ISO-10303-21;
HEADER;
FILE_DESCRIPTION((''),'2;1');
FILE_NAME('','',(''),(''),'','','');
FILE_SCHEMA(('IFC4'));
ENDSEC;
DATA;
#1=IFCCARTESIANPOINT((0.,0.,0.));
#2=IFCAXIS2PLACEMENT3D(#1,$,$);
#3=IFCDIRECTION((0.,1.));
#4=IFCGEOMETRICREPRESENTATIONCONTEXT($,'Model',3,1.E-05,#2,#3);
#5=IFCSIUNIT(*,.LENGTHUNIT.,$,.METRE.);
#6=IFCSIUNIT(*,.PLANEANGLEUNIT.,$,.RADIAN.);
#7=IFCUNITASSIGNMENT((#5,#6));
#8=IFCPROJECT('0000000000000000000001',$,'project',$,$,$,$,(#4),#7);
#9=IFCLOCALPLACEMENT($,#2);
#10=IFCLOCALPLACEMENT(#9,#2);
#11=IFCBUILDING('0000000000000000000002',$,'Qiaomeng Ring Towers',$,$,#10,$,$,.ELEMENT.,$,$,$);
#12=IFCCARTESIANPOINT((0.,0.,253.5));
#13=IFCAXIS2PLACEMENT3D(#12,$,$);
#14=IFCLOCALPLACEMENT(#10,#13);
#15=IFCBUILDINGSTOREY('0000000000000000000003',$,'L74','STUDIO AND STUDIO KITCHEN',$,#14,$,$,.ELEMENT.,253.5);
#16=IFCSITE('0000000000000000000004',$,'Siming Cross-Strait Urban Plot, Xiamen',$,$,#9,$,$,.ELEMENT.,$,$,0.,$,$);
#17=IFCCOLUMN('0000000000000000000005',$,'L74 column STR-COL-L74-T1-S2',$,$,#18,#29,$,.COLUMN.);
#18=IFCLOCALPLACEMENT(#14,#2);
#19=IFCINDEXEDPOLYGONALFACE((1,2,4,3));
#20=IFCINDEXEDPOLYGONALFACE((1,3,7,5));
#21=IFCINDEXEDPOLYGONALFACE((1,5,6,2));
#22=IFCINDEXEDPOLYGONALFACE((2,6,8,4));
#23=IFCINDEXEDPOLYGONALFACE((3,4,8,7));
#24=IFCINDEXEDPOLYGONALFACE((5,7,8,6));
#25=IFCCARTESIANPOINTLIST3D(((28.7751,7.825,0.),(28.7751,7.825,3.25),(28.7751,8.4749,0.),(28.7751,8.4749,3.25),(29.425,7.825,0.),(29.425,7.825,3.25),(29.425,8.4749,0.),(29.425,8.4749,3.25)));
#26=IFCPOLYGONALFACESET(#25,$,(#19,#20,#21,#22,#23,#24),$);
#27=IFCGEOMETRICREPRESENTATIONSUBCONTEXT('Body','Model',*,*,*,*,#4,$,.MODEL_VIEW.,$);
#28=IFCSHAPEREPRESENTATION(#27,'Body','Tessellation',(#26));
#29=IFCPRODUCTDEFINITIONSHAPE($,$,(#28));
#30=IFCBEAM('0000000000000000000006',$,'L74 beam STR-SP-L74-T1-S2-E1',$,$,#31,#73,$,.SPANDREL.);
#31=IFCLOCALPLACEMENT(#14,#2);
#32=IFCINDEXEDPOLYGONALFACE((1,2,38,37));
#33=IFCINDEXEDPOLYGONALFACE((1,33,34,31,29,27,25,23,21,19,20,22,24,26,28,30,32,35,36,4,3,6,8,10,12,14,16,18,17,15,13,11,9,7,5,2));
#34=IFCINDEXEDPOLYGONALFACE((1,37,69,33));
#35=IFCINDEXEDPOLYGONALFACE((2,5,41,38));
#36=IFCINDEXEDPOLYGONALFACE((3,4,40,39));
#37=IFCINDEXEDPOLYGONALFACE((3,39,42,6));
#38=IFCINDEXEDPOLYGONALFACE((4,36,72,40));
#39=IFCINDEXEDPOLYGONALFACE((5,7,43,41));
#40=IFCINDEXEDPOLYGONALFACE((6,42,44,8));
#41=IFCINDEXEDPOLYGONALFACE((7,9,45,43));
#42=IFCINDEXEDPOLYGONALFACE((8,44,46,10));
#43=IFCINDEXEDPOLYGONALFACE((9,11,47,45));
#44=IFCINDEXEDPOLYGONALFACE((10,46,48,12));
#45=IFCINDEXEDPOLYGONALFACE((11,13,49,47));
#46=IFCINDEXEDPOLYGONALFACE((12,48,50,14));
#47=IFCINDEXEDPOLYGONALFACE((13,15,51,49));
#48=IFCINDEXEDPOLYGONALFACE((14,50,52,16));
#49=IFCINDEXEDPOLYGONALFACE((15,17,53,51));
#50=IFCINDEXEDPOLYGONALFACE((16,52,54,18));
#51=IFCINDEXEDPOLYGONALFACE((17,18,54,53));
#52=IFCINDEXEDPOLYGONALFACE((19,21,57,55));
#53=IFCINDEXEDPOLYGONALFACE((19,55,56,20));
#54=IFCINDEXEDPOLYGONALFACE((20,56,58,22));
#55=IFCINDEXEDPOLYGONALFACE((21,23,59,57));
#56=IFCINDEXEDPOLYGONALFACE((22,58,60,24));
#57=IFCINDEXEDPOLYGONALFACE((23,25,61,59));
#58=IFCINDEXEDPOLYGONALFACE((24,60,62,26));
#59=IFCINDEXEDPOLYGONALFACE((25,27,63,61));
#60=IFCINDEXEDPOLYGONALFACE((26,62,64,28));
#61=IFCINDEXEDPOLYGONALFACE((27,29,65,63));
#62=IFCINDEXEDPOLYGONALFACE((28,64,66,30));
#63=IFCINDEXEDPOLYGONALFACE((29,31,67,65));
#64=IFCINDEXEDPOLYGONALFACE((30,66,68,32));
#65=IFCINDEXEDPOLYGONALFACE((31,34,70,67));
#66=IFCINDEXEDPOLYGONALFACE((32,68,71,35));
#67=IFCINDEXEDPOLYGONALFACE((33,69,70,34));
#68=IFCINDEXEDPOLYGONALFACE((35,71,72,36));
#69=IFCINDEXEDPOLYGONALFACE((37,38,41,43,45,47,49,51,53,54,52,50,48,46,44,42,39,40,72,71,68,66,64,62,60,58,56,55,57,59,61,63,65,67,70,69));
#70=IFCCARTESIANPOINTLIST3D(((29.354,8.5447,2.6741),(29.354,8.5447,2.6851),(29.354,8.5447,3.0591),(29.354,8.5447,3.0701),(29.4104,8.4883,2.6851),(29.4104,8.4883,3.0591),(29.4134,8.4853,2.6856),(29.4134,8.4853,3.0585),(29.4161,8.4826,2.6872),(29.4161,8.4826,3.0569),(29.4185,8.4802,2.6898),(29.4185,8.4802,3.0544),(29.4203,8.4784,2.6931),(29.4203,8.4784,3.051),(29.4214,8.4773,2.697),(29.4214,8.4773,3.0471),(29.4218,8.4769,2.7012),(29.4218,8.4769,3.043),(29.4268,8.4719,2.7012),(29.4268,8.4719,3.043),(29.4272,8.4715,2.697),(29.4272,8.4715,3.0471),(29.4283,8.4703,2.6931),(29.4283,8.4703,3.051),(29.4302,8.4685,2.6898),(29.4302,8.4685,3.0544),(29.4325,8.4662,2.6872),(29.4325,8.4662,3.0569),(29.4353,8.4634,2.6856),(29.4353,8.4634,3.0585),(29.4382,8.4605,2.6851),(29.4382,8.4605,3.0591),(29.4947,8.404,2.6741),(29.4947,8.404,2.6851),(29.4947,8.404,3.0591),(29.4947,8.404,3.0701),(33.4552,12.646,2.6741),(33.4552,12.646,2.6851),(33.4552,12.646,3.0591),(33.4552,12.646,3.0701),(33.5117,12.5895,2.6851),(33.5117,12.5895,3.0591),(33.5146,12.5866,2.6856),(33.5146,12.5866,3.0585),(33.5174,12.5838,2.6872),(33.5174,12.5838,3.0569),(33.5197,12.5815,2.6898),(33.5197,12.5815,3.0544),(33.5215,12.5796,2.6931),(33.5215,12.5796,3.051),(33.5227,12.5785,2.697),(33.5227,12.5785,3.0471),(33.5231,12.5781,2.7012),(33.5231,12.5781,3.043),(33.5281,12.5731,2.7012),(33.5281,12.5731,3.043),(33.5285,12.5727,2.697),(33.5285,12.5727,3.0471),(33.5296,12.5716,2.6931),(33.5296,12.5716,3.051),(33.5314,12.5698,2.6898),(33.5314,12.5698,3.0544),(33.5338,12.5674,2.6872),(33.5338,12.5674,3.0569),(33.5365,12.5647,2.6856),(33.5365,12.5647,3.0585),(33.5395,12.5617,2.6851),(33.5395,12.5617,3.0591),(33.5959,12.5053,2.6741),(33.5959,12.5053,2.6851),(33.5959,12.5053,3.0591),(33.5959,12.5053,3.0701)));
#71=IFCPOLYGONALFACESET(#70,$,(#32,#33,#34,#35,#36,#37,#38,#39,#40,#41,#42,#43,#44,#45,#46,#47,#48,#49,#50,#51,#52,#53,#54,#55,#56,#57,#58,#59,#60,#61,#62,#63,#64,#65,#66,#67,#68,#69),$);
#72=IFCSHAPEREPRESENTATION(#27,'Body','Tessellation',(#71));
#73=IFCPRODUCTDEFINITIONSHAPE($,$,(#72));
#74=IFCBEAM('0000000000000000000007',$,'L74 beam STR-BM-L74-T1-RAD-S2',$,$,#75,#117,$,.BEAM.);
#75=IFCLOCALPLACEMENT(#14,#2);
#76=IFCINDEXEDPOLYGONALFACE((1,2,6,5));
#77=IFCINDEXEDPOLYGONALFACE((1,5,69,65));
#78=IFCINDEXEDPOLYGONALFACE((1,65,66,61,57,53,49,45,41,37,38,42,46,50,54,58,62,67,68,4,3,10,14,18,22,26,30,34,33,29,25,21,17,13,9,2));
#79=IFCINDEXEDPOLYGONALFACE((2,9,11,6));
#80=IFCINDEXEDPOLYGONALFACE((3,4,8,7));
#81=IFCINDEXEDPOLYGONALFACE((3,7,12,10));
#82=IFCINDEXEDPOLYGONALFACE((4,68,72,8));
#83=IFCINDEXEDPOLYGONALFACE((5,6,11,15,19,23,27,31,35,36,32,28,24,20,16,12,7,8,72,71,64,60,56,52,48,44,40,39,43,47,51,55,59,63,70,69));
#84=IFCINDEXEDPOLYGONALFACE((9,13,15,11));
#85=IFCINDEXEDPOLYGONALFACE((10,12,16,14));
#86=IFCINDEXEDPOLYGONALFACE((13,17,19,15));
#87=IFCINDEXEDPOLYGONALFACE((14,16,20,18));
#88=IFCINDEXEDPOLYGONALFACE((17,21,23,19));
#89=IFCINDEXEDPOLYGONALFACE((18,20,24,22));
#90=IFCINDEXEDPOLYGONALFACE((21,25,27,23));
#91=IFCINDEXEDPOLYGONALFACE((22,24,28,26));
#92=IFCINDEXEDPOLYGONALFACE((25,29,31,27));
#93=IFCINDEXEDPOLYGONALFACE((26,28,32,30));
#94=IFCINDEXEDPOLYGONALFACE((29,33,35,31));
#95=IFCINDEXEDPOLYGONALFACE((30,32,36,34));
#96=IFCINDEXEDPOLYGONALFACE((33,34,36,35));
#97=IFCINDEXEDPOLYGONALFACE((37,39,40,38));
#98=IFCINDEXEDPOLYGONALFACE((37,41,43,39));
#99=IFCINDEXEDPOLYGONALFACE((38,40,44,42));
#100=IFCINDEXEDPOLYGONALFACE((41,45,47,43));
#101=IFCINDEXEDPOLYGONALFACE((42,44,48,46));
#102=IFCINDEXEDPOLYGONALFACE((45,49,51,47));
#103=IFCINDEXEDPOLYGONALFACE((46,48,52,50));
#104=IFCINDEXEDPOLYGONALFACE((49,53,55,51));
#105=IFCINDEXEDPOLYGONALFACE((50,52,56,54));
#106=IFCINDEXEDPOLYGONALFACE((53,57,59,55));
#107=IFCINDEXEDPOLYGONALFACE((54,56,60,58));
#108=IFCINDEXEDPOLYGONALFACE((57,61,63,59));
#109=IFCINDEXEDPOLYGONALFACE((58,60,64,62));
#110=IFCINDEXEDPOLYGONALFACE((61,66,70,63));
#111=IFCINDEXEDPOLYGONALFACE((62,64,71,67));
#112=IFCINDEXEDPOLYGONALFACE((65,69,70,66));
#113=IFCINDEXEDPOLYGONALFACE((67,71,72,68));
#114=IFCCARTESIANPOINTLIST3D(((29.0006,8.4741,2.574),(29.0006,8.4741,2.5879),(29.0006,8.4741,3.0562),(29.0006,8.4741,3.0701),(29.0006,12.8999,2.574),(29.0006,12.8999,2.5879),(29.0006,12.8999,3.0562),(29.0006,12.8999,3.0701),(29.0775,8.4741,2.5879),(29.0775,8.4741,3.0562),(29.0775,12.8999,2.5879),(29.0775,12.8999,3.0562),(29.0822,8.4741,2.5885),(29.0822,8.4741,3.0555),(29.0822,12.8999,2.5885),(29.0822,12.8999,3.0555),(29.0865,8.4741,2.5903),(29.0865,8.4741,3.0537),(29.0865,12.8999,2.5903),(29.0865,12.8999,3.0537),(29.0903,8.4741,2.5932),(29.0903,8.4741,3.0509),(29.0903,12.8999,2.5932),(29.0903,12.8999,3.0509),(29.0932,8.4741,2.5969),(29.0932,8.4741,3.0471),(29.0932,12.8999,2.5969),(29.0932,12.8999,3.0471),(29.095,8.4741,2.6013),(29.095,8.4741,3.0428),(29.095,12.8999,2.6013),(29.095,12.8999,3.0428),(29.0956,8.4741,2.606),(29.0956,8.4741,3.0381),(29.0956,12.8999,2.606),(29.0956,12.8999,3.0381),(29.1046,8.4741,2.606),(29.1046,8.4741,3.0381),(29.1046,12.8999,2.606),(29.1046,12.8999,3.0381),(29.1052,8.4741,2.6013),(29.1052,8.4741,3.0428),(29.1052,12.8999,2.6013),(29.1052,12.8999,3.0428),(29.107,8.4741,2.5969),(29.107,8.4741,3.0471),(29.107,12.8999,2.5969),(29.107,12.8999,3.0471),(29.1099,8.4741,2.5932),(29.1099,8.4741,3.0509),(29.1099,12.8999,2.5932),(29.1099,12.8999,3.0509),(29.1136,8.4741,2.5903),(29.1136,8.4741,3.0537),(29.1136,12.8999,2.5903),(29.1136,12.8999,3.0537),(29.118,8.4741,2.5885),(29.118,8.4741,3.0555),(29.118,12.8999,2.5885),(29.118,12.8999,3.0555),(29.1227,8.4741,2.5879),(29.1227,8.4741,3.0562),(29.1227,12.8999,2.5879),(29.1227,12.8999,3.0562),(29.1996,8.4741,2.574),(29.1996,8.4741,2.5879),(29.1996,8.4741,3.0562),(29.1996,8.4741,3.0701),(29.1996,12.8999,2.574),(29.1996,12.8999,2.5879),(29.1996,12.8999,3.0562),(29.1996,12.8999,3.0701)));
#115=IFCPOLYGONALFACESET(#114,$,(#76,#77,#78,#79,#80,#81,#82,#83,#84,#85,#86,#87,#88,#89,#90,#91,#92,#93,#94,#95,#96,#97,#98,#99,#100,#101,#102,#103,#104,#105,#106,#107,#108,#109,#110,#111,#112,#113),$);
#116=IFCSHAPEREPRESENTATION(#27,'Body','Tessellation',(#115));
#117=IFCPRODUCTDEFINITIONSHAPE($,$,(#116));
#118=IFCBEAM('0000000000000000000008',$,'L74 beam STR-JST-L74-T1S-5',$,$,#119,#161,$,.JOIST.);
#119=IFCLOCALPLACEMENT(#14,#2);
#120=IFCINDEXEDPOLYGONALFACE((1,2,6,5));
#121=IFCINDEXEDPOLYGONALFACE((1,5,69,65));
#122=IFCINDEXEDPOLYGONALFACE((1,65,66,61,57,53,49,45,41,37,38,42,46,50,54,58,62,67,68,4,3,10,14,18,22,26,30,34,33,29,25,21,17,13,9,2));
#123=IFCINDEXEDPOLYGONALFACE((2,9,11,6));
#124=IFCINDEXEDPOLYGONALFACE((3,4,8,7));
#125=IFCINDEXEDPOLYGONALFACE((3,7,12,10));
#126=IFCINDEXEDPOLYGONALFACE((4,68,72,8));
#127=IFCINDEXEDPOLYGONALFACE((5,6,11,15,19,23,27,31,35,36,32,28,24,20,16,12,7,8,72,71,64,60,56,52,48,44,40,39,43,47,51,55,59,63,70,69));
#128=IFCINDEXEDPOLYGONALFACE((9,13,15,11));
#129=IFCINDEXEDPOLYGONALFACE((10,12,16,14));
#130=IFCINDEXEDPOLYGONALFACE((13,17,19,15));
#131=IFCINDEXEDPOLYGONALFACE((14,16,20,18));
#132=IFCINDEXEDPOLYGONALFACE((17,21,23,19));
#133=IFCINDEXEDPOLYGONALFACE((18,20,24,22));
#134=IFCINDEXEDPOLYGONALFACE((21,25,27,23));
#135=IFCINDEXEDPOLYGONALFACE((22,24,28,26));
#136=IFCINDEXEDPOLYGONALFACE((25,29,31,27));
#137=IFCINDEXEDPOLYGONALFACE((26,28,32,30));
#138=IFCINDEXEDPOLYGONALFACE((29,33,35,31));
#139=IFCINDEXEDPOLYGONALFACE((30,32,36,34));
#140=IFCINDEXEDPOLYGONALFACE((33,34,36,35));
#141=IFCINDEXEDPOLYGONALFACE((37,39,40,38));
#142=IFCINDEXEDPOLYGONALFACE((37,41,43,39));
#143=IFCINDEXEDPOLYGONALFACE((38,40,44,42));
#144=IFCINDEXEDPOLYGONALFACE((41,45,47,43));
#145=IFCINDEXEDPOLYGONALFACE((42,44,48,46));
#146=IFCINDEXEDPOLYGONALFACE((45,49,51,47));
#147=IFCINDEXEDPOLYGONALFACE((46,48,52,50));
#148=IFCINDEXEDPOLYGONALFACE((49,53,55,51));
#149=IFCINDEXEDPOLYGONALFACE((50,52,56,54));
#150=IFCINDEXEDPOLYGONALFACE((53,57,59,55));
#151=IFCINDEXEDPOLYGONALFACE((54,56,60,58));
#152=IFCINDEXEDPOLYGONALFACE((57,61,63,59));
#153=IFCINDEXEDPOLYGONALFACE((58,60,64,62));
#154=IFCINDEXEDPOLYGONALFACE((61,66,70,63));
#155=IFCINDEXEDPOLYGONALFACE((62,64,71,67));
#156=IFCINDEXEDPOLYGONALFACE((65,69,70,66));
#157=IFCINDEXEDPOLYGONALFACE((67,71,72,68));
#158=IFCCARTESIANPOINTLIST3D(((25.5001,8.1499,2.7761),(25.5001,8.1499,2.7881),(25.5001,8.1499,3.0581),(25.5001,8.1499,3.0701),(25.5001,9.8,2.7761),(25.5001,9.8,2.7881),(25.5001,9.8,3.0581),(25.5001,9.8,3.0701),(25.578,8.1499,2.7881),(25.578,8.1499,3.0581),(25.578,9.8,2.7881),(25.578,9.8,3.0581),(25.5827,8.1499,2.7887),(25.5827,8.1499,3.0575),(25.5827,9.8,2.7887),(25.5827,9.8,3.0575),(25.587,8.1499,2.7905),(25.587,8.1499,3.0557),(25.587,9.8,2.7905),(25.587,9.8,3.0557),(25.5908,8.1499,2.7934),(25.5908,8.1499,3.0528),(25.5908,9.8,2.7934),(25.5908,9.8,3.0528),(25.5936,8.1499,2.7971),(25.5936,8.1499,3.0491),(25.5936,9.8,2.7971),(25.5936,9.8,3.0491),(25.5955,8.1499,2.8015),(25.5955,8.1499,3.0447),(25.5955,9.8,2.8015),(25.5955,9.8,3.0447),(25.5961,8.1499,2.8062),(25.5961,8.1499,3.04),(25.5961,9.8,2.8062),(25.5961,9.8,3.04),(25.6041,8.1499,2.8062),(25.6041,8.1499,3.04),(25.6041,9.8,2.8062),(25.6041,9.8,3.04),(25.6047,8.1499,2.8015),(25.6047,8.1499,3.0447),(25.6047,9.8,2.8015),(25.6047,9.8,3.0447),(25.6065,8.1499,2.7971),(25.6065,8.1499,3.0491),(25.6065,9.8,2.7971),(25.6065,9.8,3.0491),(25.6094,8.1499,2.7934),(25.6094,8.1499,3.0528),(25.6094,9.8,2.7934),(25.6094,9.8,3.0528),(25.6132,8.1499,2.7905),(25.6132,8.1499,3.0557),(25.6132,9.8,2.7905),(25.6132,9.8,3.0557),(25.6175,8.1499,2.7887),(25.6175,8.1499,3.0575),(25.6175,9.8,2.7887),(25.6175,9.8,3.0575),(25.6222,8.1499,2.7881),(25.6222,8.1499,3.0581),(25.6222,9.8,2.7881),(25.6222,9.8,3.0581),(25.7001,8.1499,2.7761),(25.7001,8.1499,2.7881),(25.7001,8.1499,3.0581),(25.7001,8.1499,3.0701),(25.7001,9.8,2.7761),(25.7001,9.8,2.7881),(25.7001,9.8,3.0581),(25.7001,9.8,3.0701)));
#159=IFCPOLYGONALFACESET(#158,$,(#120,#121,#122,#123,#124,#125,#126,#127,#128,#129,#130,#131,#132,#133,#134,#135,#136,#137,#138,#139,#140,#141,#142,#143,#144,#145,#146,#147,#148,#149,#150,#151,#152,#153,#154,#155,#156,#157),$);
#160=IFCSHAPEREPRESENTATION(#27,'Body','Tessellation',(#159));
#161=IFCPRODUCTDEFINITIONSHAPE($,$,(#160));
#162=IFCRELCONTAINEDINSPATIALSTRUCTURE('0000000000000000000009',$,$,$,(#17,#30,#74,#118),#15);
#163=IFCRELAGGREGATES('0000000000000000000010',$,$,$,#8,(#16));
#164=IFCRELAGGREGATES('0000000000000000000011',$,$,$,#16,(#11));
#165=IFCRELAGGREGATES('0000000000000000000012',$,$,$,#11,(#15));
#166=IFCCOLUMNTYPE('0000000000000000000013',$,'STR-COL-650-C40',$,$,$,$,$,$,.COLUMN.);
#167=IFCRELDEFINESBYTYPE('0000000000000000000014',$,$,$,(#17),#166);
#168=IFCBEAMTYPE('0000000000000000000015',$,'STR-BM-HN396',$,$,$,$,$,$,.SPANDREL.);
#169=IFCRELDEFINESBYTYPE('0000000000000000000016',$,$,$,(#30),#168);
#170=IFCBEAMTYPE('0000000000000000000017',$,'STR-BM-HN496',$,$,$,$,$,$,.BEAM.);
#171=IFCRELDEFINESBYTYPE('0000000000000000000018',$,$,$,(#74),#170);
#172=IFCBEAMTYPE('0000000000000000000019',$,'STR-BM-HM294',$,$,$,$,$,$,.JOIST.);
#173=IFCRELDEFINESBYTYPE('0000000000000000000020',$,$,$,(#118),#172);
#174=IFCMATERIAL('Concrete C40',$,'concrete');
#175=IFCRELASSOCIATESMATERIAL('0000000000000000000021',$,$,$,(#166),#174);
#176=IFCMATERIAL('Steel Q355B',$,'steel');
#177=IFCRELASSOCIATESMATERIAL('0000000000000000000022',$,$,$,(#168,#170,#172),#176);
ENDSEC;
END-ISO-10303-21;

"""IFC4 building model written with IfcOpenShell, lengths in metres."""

from ifc_helpers import new_model, si_unit, direction, frame, origin, origin_2d, place, context, subcontext, project, spatial, rectangle, i_section, extrude, source, transform, mapped, material, material_profile, profile_set, type_object, element, save


model = new_model("IFC4")

# Units and contexts
model_context = context("Model", 3, precision=1e-05, world=origin(), true_north=direction((0.0, 1.0)))
body_context = subcontext(model_context, "Body", "Model", "MODEL_VIEW")
ifc_project = project(units=[si_unit("LENGTHUNIT", "METRE"), si_unit("PLANEANGLEUNIT", "RADIAN")], contexts=[model_context])

# Site, building, storey
site_placement = place(None, origin())
site = spatial("IfcSite", under=ifc_project, at=site_placement, Name="Siming Cross-Strait Urban Plot, Xiamen", CompositionType="ELEMENT", RefElevation=0.0)
building_placement = place(site_placement, origin())
building = spatial("IfcBuilding", under=site, at=building_placement, Name="Qiaomeng Ring Towers", CompositionType="ELEMENT")
storey_placement = place(building_placement, frame((0.0, 0.0, 253.5)))
storey = spatial("IfcBuildingStorey", under=building, at=storey_placement, Name="L74", Description="STUDIO AND STUDIO KITCHEN", CompositionType="ELEMENT", Elevation=253.5)

# Column
ifc_material_1 = material(Name="Concrete C40", Category="concrete")
ifc_material_profile_1 = material_profile(ifc_material_1, rectangle(XDim=0.6499, YDim=0.6499, at=origin_2d()), Name="RC COL 650x650")
ifc_profile_set_1 = profile_set([ifc_material_profile_1], Name="Concrete C40")
column_type = type_object("IfcColumnType", Name="STR-COL-650-C40", PredefinedType="COLUMN", material=ifc_profile_set_1)
shared_shape_1 = source(origin(), body_context, "Body", "SweptSolid", [
    extrude(rectangle(XDim=0.6499, YDim=0.6499, at=origin_2d()), origin(), (0.0, 0.0, 1.0), 3.25),
])
column_placement = place(storey_placement, frame((29.1001, 8.1499, 0.0), z_axis=(0.0, 0.0, 1.0), x_axis=(1.0, 0.0, 0.0)))
element("IfcColumn", 1, at=column_placement, inside=storey, type_object=column_type, Name="L74 column STR-COL-L74-T1-S2", PredefinedType="COLUMN", context=body_context, shape_type="MappedRepresentation", body=[
    mapped(shared_shape_1, transform((0.0, 0.0, 0.0), x_axis=(1.0, 0.0, 0.0), y_axis=(0.0, 1.0, 0.0), z_axis=(0.0, 0.0, 1.0), scale=1.0)),
])

# Beams
ifc_material_2 = material(Name="Steel Q355B", Category="steel")
ifc_material_profile_2 = material_profile(ifc_material_2, i_section(OverallWidth=0.199, OverallDepth=0.396, WebThickness=0.0071, FlangeThickness=0.011, FilletRadius=0.0161, at=origin_2d()), Name="HN 396x199x7x11")
ifc_profile_set_2 = profile_set([ifc_material_profile_2], Name="Steel Q355B")
beam_type_1 = type_object("IfcBeamType", Name="STR-BM-HN396", PredefinedType="SPANDREL", material=ifc_profile_set_2)
shared_shape_2 = source(origin(), body_context, "Body", "SweptSolid", [
    extrude(i_section(OverallWidth=0.199, OverallDepth=0.396, WebThickness=0.0071, FlangeThickness=0.011, FilletRadius=0.0161, at=origin_2d()), origin(), (0.0, 0.0, 1.0), 5.8),
])
beam_1_placement = place(storey_placement, frame((29.4243, 8.4744, 2.8721), z_axis=(0.707107, 0.707107, 0.0), x_axis=(-0.707107, 0.707107, 0.0)))
element("IfcBeam", 2, at=beam_1_placement, inside=storey, type_object=beam_type_1, Name="L74 beam STR-SP-L74-T1-S2-E1", PredefinedType="SPANDREL", context=body_context, shape_type="MappedRepresentation", body=[
    mapped(shared_shape_2, transform((0.0, 0.0, 0.0), x_axis=(1.0, 0.0, 0.0), y_axis=(0.0, 1.0, 0.0), z_axis=(0.0, 0.0, 1.0), scale=1.0)),
])
ifc_material_profile_3 = material_profile(ifc_material_2, i_section(OverallWidth=0.199, OverallDepth=0.4961, WebThickness=0.009, FlangeThickness=0.0139, FilletRadius=0.0181, at=origin_2d()), Name="HN 496x199x9x14")
ifc_profile_set_3 = profile_set([ifc_material_profile_3], Name="Steel Q355B")
beam_type_2 = type_object("IfcBeamType", Name="STR-BM-HN496", PredefinedType="BEAM", material=ifc_profile_set_3)
shared_shape_3 = source(origin(), body_context, "Body", "SweptSolid", [
    extrude(i_section(OverallWidth=0.199, OverallDepth=0.4961, WebThickness=0.009, FlangeThickness=0.0139, FilletRadius=0.0181, at=origin_2d()), origin(), (0.0, 0.0, 1.0), 4.4258),
])
beam_2_placement = place(storey_placement, frame((29.1001, 8.4741, 2.822), z_axis=(0.0, 1.0, 0.0), x_axis=(-1.0, 0.0, 0.0)))
element("IfcBeam", 3, at=beam_2_placement, inside=storey, type_object=beam_type_2, Name="L74 beam STR-BM-L74-T1-RAD-S2", PredefinedType="BEAM", context=body_context, shape_type="MappedRepresentation", body=[
    mapped(shared_shape_3, transform((0.0, 0.0, 0.0), x_axis=(1.0, 0.0, 0.0), y_axis=(0.0, 1.0, 0.0), z_axis=(0.0, 0.0, 1.0), scale=1.0)),
])
ifc_material_profile_4 = material_profile(ifc_material_2, i_section(OverallWidth=0.2, OverallDepth=0.2939, WebThickness=0.0081, FlangeThickness=0.012, FilletRadius=0.0181, at=origin_2d()), Name="HM 294x200x8x12")
ifc_profile_set_4 = profile_set([ifc_material_profile_4], Name="Steel Q355B")
beam_type_3 = type_object("IfcBeamType", Name="STR-BM-HM294", PredefinedType="JOIST", material=ifc_profile_set_4)
shared_shape_4 = source(origin(), body_context, "Body", "SweptSolid", [
    extrude(i_section(OverallWidth=0.2, OverallDepth=0.2939, WebThickness=0.0081, FlangeThickness=0.012, FilletRadius=0.0181, at=origin_2d()), origin(), (0.0, 0.0, 1.0), 1.6501),
])
beam_3_placement = place(storey_placement, frame((25.6001, 8.1499, 2.9231), z_axis=(0.0, 1.0, 0.0), x_axis=(-1.0, 0.0, 0.0)))
element("IfcBeam", 4, at=beam_3_placement, inside=storey, type_object=beam_type_3, Name="L74 beam STR-JST-L74-T1S-5", PredefinedType="JOIST", context=body_context, shape_type="MappedRepresentation", body=[
    mapped(shared_shape_4, transform((0.0, 0.0, 0.0), x_axis=(1.0, 0.0, 0.0), y_axis=(0.0, 1.0, 0.0), z_axis=(0.0, 0.0, 1.0), scale=1.0)),
])

save(model, "model.ifc")
